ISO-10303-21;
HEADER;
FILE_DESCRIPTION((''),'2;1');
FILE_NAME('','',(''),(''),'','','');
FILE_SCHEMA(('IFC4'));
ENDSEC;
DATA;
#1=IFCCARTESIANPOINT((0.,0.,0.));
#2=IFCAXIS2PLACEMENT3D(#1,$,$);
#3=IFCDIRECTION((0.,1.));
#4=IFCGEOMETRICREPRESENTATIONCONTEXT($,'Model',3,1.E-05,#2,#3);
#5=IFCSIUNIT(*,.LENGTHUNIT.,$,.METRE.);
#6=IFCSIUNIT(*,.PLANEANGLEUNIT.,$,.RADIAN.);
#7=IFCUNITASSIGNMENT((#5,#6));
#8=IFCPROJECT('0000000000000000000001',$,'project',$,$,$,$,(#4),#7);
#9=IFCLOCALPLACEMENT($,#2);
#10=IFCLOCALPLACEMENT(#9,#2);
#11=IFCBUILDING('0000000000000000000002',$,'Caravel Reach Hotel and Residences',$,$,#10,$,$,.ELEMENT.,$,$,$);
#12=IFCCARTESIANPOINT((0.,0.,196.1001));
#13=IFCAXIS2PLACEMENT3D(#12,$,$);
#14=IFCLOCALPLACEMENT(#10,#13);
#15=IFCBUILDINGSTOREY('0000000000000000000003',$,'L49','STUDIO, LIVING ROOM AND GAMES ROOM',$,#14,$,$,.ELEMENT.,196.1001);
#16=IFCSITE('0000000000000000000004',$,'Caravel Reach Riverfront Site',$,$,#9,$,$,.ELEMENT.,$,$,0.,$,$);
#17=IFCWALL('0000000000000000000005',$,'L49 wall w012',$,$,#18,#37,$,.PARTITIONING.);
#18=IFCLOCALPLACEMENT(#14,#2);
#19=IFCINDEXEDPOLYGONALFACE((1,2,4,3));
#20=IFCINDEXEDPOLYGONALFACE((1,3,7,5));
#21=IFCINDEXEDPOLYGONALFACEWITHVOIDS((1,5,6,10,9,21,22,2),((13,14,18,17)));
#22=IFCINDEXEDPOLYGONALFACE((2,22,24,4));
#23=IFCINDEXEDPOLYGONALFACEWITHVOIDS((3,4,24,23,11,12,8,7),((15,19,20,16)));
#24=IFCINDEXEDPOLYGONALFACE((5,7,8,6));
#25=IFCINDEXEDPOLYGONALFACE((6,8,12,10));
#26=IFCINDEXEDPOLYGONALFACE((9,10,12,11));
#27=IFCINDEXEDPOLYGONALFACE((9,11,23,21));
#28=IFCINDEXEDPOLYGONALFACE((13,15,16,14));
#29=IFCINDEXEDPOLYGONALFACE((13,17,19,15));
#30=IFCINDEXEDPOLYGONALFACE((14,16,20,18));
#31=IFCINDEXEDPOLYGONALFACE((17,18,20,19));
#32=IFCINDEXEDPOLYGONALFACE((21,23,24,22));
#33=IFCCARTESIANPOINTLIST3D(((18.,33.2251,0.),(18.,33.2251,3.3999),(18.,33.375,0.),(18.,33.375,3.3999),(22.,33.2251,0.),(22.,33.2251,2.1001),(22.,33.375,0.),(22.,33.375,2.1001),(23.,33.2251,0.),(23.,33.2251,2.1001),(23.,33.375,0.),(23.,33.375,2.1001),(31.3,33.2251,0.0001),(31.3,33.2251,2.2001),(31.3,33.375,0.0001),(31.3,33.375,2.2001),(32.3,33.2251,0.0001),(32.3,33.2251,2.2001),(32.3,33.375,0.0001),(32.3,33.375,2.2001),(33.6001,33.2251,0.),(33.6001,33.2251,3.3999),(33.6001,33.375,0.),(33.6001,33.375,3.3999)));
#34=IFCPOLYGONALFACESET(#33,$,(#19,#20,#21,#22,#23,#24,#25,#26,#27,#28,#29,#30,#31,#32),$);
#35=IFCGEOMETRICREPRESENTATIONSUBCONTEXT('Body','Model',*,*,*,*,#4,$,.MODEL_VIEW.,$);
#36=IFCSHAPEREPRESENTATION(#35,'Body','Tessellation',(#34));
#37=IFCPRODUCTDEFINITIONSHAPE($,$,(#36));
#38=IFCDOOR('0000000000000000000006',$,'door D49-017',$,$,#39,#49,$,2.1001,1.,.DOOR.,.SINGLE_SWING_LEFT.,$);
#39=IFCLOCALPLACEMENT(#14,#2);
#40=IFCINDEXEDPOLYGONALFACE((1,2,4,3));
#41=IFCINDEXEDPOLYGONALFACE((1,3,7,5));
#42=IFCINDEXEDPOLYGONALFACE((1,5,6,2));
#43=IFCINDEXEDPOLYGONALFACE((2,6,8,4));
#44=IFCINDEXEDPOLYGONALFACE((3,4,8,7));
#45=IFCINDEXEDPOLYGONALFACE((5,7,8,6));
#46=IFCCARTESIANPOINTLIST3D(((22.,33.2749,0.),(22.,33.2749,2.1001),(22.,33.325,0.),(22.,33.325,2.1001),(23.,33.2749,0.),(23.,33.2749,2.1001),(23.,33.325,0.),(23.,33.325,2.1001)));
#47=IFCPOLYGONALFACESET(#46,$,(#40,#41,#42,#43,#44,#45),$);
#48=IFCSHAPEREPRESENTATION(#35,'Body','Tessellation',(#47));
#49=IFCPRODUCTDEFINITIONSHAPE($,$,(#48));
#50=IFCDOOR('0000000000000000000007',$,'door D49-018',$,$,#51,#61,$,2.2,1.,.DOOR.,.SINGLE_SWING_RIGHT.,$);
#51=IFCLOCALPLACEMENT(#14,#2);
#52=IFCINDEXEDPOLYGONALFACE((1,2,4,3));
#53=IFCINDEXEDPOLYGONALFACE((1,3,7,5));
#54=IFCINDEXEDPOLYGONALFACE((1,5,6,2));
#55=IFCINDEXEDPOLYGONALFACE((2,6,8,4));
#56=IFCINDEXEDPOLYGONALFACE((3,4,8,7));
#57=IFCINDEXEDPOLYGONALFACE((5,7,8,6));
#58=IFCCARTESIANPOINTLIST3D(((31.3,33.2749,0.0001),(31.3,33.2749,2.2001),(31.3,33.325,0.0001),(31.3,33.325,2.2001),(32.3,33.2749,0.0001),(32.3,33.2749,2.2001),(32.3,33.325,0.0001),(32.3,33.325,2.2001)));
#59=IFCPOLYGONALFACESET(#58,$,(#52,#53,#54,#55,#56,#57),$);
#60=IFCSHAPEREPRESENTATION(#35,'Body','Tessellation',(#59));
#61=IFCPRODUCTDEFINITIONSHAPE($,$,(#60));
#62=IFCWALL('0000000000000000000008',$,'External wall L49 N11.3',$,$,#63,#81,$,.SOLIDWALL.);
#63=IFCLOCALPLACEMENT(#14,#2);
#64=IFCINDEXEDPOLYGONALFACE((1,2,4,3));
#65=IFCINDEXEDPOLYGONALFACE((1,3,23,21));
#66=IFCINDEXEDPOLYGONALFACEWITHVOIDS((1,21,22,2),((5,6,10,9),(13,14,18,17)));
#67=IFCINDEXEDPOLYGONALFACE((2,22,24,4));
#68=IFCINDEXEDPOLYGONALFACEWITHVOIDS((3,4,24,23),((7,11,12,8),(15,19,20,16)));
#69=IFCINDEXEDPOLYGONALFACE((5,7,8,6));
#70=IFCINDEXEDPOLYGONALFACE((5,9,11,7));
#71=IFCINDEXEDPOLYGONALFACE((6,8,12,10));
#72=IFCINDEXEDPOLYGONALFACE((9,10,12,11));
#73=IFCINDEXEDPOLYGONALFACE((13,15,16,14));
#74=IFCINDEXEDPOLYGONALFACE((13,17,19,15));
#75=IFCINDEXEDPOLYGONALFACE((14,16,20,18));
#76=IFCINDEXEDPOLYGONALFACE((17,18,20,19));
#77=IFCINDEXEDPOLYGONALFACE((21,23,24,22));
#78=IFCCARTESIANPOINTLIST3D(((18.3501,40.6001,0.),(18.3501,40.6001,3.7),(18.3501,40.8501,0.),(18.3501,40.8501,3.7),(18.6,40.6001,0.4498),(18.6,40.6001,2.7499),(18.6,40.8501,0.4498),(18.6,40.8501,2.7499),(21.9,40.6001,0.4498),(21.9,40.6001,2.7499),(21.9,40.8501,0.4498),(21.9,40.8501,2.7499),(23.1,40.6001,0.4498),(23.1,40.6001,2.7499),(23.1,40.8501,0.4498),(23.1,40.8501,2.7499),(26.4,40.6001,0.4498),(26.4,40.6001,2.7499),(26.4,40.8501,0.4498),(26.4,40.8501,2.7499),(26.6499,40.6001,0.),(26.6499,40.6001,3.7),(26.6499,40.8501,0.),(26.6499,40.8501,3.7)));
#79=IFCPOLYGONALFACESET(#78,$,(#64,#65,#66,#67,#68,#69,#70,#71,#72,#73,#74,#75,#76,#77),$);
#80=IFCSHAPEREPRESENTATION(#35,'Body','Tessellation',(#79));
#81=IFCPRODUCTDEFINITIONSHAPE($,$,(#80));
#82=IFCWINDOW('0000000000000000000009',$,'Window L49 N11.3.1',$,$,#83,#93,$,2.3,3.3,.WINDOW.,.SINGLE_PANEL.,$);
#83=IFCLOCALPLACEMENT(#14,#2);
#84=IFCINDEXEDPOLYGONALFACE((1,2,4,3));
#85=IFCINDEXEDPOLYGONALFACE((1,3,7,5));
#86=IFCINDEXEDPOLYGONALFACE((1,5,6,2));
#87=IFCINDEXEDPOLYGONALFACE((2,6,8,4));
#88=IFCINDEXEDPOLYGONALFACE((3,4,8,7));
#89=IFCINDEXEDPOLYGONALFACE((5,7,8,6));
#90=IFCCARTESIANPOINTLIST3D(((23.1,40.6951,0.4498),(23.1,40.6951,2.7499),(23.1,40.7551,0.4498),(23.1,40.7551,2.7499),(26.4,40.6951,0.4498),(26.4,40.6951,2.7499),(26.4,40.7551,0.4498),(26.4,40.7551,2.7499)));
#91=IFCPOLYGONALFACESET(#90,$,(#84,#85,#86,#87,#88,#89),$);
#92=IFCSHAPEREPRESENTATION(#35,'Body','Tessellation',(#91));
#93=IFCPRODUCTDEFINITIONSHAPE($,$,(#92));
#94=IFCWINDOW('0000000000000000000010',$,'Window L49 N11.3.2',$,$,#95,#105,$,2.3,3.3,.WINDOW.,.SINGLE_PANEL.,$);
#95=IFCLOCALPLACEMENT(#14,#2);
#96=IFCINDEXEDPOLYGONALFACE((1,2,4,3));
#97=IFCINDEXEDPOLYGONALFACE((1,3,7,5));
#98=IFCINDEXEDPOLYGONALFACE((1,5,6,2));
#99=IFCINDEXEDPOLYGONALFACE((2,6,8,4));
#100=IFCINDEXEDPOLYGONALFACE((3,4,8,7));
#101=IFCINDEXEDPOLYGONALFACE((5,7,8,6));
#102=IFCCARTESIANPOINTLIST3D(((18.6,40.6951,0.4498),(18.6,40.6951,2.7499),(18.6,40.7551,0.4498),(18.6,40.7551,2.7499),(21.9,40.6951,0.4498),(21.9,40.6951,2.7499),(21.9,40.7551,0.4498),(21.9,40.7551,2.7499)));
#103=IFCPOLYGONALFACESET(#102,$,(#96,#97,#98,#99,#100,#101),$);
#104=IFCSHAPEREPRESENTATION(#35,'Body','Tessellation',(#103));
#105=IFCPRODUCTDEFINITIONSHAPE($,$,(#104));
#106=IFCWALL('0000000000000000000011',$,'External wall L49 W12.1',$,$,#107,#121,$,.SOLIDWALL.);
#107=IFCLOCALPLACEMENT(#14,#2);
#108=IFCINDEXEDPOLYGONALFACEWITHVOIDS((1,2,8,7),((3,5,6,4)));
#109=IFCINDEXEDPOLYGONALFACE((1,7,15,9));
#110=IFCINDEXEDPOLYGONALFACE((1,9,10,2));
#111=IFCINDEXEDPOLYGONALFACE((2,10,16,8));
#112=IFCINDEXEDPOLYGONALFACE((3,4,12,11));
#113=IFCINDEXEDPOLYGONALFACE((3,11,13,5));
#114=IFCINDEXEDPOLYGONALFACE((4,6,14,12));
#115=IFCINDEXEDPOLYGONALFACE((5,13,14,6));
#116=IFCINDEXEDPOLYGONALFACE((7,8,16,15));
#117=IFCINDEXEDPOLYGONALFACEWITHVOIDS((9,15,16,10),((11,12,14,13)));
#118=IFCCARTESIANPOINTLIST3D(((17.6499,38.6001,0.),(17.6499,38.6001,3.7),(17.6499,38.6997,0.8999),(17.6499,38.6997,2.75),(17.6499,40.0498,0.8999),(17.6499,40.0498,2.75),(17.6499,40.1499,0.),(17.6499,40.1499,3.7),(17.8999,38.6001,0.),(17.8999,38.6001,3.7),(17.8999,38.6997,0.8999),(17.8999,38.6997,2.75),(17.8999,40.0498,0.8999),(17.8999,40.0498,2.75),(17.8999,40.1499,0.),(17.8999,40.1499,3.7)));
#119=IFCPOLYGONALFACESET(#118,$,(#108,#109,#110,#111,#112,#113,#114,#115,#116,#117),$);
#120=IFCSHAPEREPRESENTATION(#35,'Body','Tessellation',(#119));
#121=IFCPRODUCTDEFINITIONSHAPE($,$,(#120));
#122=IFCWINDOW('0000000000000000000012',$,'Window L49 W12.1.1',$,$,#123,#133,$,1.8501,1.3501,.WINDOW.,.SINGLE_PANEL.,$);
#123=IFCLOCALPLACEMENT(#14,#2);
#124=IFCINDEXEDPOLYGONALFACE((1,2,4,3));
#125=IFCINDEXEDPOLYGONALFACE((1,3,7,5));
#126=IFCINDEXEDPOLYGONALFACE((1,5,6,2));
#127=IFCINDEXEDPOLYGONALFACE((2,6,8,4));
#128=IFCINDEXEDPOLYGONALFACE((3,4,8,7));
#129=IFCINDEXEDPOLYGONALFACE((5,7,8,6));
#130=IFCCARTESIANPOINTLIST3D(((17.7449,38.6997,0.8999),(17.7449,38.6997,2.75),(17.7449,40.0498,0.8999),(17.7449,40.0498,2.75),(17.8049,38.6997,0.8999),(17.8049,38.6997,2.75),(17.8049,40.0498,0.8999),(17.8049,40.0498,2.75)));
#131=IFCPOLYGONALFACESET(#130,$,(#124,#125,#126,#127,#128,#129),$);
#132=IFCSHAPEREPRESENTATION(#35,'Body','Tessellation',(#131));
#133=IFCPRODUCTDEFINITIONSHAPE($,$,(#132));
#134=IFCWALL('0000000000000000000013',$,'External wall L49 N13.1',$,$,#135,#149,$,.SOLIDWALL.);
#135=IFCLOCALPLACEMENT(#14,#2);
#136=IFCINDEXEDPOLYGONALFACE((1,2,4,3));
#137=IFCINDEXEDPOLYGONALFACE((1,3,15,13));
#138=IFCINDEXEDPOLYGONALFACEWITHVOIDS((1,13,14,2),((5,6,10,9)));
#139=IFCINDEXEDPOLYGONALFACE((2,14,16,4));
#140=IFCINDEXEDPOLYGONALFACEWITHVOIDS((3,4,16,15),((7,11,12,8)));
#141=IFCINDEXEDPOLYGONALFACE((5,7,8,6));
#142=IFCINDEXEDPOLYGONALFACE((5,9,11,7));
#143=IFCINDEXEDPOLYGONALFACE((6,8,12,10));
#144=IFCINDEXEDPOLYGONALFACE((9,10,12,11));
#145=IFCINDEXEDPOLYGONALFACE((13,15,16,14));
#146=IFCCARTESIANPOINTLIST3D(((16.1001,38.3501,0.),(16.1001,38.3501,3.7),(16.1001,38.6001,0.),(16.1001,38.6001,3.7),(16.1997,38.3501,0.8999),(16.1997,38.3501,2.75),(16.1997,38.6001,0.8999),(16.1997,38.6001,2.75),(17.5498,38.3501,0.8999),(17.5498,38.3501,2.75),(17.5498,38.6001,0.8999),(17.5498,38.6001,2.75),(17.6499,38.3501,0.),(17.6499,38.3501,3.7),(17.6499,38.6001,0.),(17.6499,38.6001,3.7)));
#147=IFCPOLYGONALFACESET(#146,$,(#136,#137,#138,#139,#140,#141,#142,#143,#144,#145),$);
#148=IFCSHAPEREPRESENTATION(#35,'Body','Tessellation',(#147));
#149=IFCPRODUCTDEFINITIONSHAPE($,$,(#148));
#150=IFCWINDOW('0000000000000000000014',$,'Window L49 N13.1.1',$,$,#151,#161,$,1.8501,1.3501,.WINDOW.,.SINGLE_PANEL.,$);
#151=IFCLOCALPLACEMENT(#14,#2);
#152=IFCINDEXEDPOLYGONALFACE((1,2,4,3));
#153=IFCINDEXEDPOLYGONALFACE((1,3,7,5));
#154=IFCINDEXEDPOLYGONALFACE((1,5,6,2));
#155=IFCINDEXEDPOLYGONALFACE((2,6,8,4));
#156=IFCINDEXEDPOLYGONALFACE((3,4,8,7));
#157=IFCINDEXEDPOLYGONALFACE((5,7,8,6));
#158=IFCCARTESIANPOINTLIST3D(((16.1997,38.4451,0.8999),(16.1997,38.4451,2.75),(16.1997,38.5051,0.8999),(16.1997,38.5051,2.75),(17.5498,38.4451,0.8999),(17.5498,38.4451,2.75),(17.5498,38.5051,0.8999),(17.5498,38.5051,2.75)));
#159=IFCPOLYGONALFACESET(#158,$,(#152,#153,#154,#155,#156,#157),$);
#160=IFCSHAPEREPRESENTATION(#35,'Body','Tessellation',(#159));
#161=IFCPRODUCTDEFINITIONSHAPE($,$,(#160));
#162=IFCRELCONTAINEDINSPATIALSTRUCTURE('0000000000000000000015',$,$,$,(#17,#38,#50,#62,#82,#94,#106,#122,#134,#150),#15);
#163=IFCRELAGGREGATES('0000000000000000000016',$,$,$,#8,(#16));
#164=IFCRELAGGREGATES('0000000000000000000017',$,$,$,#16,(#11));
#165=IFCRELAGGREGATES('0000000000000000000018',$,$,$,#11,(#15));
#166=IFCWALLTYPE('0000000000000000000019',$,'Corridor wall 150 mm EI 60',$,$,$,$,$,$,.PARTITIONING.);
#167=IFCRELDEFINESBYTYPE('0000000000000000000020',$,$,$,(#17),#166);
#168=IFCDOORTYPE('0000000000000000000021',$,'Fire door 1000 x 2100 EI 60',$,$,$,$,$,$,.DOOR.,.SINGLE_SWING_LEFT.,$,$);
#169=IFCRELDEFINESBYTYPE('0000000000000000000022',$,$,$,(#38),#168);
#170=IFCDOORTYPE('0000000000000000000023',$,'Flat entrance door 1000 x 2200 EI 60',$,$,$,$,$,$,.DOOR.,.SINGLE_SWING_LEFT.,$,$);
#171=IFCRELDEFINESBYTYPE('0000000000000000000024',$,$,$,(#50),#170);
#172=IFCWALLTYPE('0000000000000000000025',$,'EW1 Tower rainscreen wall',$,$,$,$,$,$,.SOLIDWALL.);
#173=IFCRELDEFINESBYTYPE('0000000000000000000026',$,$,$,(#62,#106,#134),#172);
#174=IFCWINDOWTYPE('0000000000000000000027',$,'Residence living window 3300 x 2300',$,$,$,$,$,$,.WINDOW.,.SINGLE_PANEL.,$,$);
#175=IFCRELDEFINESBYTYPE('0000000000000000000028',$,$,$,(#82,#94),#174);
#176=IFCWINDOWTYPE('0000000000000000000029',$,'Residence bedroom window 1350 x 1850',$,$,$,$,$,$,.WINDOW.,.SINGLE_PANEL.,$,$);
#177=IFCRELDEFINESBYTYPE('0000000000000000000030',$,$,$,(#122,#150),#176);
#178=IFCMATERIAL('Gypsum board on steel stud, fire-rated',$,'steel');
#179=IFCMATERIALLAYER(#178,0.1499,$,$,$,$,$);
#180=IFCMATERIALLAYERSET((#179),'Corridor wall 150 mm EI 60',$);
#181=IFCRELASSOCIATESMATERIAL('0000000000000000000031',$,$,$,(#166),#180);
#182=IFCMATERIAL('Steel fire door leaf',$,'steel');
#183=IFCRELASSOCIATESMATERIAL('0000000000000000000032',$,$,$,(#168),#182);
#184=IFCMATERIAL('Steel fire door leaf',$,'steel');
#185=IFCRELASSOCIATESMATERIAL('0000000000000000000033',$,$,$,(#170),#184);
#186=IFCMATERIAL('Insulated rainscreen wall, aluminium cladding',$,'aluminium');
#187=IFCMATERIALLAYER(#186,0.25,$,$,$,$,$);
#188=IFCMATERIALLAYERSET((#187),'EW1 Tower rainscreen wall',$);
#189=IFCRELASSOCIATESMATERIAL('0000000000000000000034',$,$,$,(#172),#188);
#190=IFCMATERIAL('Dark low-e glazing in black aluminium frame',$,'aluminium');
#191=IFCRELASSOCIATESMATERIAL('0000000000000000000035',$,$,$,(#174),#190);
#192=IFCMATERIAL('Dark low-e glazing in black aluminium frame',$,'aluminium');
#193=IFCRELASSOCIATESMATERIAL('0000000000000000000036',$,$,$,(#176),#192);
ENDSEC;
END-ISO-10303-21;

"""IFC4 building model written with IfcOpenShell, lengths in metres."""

from ifc_helpers import new_model, si_unit, direction, frame, frame_2d, origin, place, context, subcontext, project, spatial, rectangle, extrude, material, layer, layer_set, type_object, element, fill, save


model = new_model("IFC4")

# Units and contexts
model_context = context("Model", 3, precision=1e-05, world=origin(), true_north=direction((0.0, 1.0)))
body_context = subcontext(model_context, "Body", "Model", "MODEL_VIEW")
ifc_project = project(units=[si_unit("LENGTHUNIT", "METRE"), si_unit("PLANEANGLEUNIT", "RADIAN")], contexts=[model_context])

# Site, building, storey
site_placement = place(None, origin())
site = spatial("IfcSite", under=ifc_project, at=site_placement, Name="Caravel Reach Riverfront Site", CompositionType="ELEMENT", RefElevation=0.0)
building_placement = place(site_placement, origin())
building = spatial("IfcBuilding", under=site, at=building_placement, Name="Caravel Reach Hotel and Residences", CompositionType="ELEMENT")
storey_placement = place(building_placement, frame((0.0, 0.0, 196.1001)))
storey = spatial("IfcBuildingStorey", under=building, at=storey_placement, Name="L49", Description="STUDIO, LIVING ROOM AND GAMES ROOM", CompositionType="ELEMENT", Elevation=196.1001)

# Shared definitions
ifc_material_1 = material(Name="Gypsum board on steel stud, fire-rated", Category="steel")
ifc_layer_1 = layer(ifc_material_1, 0.1499)
ifc_layer_set_1 = layer_set([ifc_layer_1], Name="Corridor wall 150 mm EI 60")
wall_type_1 = type_object("IfcWallType", Name="Corridor wall 150 mm EI 60", PredefinedType="PARTITIONING", material=ifc_layer_set_1)

# Wall, openings, doors
wall_1_placement = place(storey_placement, frame((18.0, 33.3, 0.0), z_axis=(0.0, 0.0, 1.0), x_axis=(1.0, 0.0, 0.0)))
wall_1 = element("IfcWall", 1, at=wall_1_placement, inside=storey, type_object=wall_type_1, Name="L49 wall w012", PredefinedType="PARTITIONING", context=body_context, shape_type="SweptSolid", body=[
    extrude(rectangle(XDim=15.6001, YDim=0.1499, at=frame_2d((7.8, 0.0))), origin(), (0.0, 0.0, 1.0), 3.3999),
])
opening_1_placement = place(wall_1_placement, frame((4.0, 0.0, 0.0)))
opening_1 = element("IfcOpeningElement", 2, at=opening_1_placement, cuts=wall_1, PredefinedType="OPENING", context=body_context, shape_type="SweptSolid", body=[
    extrude(rectangle(XDim=1.0, YDim=2.1001, at=frame_2d((0.5, 1.05))), frame((0.0, 0.085, 0.0), z_axis=(0.0, -1.0, 0.0), x_axis=(1.0, 0.0, 0.0)), (0.0, 0.0, 1.0), 0.1699),
])
opening_2_placement = place(wall_1_placement, frame((13.3, 0.0, 0.0)))
opening_2 = element("IfcOpeningElement", 3, at=opening_2_placement, cuts=wall_1, PredefinedType="OPENING", context=body_context, shape_type="SweptSolid", body=[
    extrude(rectangle(XDim=1.0, YDim=2.2, at=frame_2d((0.5, 1.1001))), frame((0.0, 0.085, 0.0), z_axis=(0.0, -1.0, 0.0), x_axis=(1.0, 0.0, 0.0)), (0.0, 0.0, 1.0), 0.1699),
])
ifc_material_2 = material(Name="Steel fire door leaf", Category="steel")
door_type_1 = type_object("IfcDoorType", Name="Fire door 1000 x 2100 EI 60", OperationType="SINGLE_SWING_LEFT", PredefinedType="DOOR", material=ifc_material_2)
door_1_placement = place(opening_1_placement, origin())
door_1 = element("IfcDoor", 4, at=door_1_placement, inside=storey, type_object=door_type_1, Name="door D49-017", OperationType="SINGLE_SWING_LEFT", OverallHeight=2.1001, OverallWidth=1.0, PredefinedType="DOOR", context=body_context, shape_type="SweptSolid", body=[
    extrude(rectangle(XDim=1.0, YDim=2.1001, at=frame_2d((0.5, 1.05))), frame((0.0, 0.0249, 0.0), z_axis=(0.0, -1.0, 0.0), x_axis=(1.0, 0.0, 0.0)), (0.0, 0.0, 1.0), 0.05),
])
fill(opening_1, door_1)
ifc_material_3 = material(Name="Steel fire door leaf", Category="steel")
door_type_2 = type_object("IfcDoorType", Name="Flat entrance door 1000 x 2200 EI 60", OperationType="SINGLE_SWING_LEFT", PredefinedType="DOOR", material=ifc_material_3)
door_2_placement = place(opening_2_placement, origin())
door_2 = element("IfcDoor", 5, at=door_2_placement, inside=storey, type_object=door_type_2, Name="door D49-018", OperationType="SINGLE_SWING_RIGHT", OverallHeight=2.2, OverallWidth=1.0, PredefinedType="DOOR", context=body_context, shape_type="SweptSolid", body=[
    extrude(rectangle(XDim=1.0, YDim=2.2, at=frame_2d((0.5, 1.1001))), frame((0.0, 0.0249, 0.0), z_axis=(0.0, -1.0, 0.0), x_axis=(1.0, 0.0, 0.0)), (0.0, 0.0, 1.0), 0.05),
])
fill(opening_2, door_2)

# Wall, openings, windows
ifc_material_4 = material(Name="Insulated rainscreen wall, aluminium cladding", Category="aluminium")
ifc_layer_2 = layer(ifc_material_4, 0.25)
ifc_layer_set_2 = layer_set([ifc_layer_2], Name="EW1 Tower rainscreen wall")
wall_type_2 = type_object("IfcWallType", Name="EW1 Tower rainscreen wall", PredefinedType="SOLIDWALL", material=ifc_layer_set_2)
wall_2_placement = place(storey_placement, frame((26.6499, 40.7251, 0.0), z_axis=(0.0, 0.0, 1.0), x_axis=(-1.0, 0.0, 0.0)))
wall_2 = element("IfcWall", 6, at=wall_2_placement, inside=storey, type_object=wall_type_2, Name="External wall L49 N11.3", PredefinedType="SOLIDWALL", context=body_context, shape_type="SweptSolid", body=[
    extrude(rectangle(XDim=8.2998, YDim=0.25, at=frame_2d((4.1499, 0.0))), origin(), (0.0, 0.0, 1.0), 3.7),
])
opening_3_placement = place(wall_2_placement, frame((0.25, 0.0, 0.45)))
opening_3 = element("IfcOpeningElement", 7, at=opening_3_placement, cuts=wall_2, PredefinedType="OPENING", context=body_context, shape_type="SweptSolid", body=[
    extrude(rectangle(XDim=3.3, YDim=2.3, at=frame_2d((1.6499, 1.1499))), frame((0.0, 0.135, 0.0), z_axis=(0.0, -1.0, 0.0), x_axis=(1.0, 0.0, 0.0)), (0.0, 0.0, 1.0), 0.27),
])
opening_4_placement = place(wall_2_placement, frame((4.75, 0.0, 0.45)))
opening_4 = element("IfcOpeningElement", 8, at=opening_4_placement, cuts=wall_2, PredefinedType="OPENING", context=body_context, shape_type="SweptSolid", body=[
    extrude(rectangle(XDim=3.3, YDim=2.3, at=frame_2d((1.6499, 1.1499))), frame((0.0, 0.135, 0.0), z_axis=(0.0, -1.0, 0.0), x_axis=(1.0, 0.0, 0.0)), (0.0, 0.0, 1.0), 0.27),
])
ifc_material_5 = material(Name="Dark low-e glazing in black aluminium frame", Category="aluminium")
window_type_1 = type_object("IfcWindowType", Name="Residence living window 3300 x 2300", PartitioningType="SINGLE_PANEL", PredefinedType="WINDOW", material=ifc_material_5)
window_1_placement = place(opening_3_placement, origin())
window_1 = element("IfcWindow", 9, at=window_1_placement, inside=storey, type_object=window_type_1, Name="Window L49 N11.3.1", OverallHeight=2.3, OverallWidth=3.3, PartitioningType="SINGLE_PANEL", PredefinedType="WINDOW", context=body_context, shape_type="SweptSolid", body=[
    extrude(rectangle(XDim=3.3, YDim=2.3, at=frame_2d((1.6499, 1.1499))), frame((0.0, 0.03, 0.0), z_axis=(0.0, -1.0, 0.0), x_axis=(1.0, 0.0, 0.0)), (0.0, 0.0, 1.0), 0.0601),
])
fill(opening_3, window_1)
window_2_placement = place(opening_4_placement, origin())
window_2 = element("IfcWindow", 10, at=window_2_placement, inside=storey, type_object=window_type_1, Name="Window L49 N11.3.2", OverallHeight=2.3, OverallWidth=3.3, PartitioningType="SINGLE_PANEL", PredefinedType="WINDOW", context=body_context, shape_type="SweptSolid", body=[
    extrude(rectangle(XDim=3.3, YDim=2.3, at=frame_2d((1.6499, 1.1499))), frame((0.0, 0.03, 0.0), z_axis=(0.0, -1.0, 0.0), x_axis=(1.0, 0.0, 0.0)), (0.0, 0.0, 1.0), 0.0601),
])
fill(opening_4, window_2)

# Walls, openings, windows
wall_3_placement = place(storey_placement, frame((17.7749, 40.1499, 0.0), z_axis=(0.0, 0.0, 1.0), x_axis=(0.0, -1.0, 0.0)))
wall_3 = element("IfcWall", 11, at=wall_3_placement, inside=storey, type_object=wall_type_2, Name="External wall L49 W12.1", PredefinedType="SOLIDWALL", context=body_context, shape_type="SweptSolid", body=[
    extrude(rectangle(XDim=1.5498, YDim=0.25, at=frame_2d((0.7749, 0.0))), origin(), (0.0, 0.0, 1.0), 3.7),
])
opening_5_placement = place(wall_3_placement, frame((0.1001, 0.0, 0.8999)))
opening_5 = element("IfcOpeningElement", 12, at=opening_5_placement, cuts=wall_3, PredefinedType="OPENING", context=body_context, shape_type="SweptSolid", body=[
    extrude(rectangle(XDim=1.3501, YDim=1.8501, at=frame_2d((0.675, 0.925))), frame((0.0, 0.135, 0.0), z_axis=(0.0, -1.0, 0.0), x_axis=(1.0, 0.0, 0.0)), (0.0, 0.0, 1.0), 0.27),
])
ifc_material_6 = material(Name="Dark low-e glazing in black aluminium frame", Category="aluminium")
window_type_2 = type_object("IfcWindowType", Name="Residence bedroom window 1350 x 1850", PartitioningType="SINGLE_PANEL", PredefinedType="WINDOW", material=ifc_material_6)
window_3_placement = place(opening_5_placement, origin())
window_3 = element("IfcWindow", 13, at=window_3_placement, inside=storey, type_object=window_type_2, Name="Window L49 W12.1.1", OverallHeight=1.8501, OverallWidth=1.3501, PartitioningType="SINGLE_PANEL", PredefinedType="WINDOW", context=body_context, shape_type="SweptSolid", body=[
    extrude(rectangle(XDim=1.3501, YDim=1.8501, at=frame_2d((0.675, 0.925))), frame((0.0, 0.03, 0.0), z_axis=(0.0, -1.0, 0.0), x_axis=(1.0, 0.0, 0.0)), (0.0, 0.0, 1.0), 0.0601),
])
fill(opening_5, window_3)
wall_4_placement = place(storey_placement, frame((17.6499, 38.4751, 0.0), z_axis=(0.0, 0.0, 1.0), x_axis=(-1.0, 0.0, 0.0)))
wall_4 = element("IfcWall", 14, at=wall_4_placement, inside=storey, type_object=wall_type_2, Name="External wall L49 N13.1", PredefinedType="SOLIDWALL", context=body_context, shape_type="SweptSolid", body=[
    extrude(rectangle(XDim=1.5498, YDim=0.25, at=frame_2d((0.7749, 0.0))), origin(), (0.0, 0.0, 1.0), 3.7),
])
opening_6_placement = place(wall_4_placement, frame((0.1001, 0.0, 0.8999)))
opening_6 = element("IfcOpeningElement", 15, at=opening_6_placement, cuts=wall_4, PredefinedType="OPENING", context=body_context, shape_type="SweptSolid", body=[
    extrude(rectangle(XDim=1.3501, YDim=1.8501, at=frame_2d((0.675, 0.925))), frame((0.0, 0.135, 0.0), z_axis=(0.0, -1.0, 0.0), x_axis=(1.0, 0.0, 0.0)), (0.0, 0.0, 1.0), 0.27),
])
window_4_placement = place(opening_6_placement, origin())
window_4 = element("IfcWindow", 16, at=window_4_placement, inside=storey, type_object=window_type_2, Name="Window L49 N13.1.1", OverallHeight=1.8501, OverallWidth=1.3501, PartitioningType="SINGLE_PANEL", PredefinedType="WINDOW", context=body_context, shape_type="SweptSolid", body=[
    extrude(rectangle(XDim=1.3501, YDim=1.8501, at=frame_2d((0.675, 0.925))), frame((0.0, 0.03, 0.0), z_axis=(0.0, -1.0, 0.0), x_axis=(1.0, 0.0, 0.0)), (0.0, 0.0, 1.0), 0.0601),
])
fill(opening_6, window_4)

save(model, "model.ifc")
